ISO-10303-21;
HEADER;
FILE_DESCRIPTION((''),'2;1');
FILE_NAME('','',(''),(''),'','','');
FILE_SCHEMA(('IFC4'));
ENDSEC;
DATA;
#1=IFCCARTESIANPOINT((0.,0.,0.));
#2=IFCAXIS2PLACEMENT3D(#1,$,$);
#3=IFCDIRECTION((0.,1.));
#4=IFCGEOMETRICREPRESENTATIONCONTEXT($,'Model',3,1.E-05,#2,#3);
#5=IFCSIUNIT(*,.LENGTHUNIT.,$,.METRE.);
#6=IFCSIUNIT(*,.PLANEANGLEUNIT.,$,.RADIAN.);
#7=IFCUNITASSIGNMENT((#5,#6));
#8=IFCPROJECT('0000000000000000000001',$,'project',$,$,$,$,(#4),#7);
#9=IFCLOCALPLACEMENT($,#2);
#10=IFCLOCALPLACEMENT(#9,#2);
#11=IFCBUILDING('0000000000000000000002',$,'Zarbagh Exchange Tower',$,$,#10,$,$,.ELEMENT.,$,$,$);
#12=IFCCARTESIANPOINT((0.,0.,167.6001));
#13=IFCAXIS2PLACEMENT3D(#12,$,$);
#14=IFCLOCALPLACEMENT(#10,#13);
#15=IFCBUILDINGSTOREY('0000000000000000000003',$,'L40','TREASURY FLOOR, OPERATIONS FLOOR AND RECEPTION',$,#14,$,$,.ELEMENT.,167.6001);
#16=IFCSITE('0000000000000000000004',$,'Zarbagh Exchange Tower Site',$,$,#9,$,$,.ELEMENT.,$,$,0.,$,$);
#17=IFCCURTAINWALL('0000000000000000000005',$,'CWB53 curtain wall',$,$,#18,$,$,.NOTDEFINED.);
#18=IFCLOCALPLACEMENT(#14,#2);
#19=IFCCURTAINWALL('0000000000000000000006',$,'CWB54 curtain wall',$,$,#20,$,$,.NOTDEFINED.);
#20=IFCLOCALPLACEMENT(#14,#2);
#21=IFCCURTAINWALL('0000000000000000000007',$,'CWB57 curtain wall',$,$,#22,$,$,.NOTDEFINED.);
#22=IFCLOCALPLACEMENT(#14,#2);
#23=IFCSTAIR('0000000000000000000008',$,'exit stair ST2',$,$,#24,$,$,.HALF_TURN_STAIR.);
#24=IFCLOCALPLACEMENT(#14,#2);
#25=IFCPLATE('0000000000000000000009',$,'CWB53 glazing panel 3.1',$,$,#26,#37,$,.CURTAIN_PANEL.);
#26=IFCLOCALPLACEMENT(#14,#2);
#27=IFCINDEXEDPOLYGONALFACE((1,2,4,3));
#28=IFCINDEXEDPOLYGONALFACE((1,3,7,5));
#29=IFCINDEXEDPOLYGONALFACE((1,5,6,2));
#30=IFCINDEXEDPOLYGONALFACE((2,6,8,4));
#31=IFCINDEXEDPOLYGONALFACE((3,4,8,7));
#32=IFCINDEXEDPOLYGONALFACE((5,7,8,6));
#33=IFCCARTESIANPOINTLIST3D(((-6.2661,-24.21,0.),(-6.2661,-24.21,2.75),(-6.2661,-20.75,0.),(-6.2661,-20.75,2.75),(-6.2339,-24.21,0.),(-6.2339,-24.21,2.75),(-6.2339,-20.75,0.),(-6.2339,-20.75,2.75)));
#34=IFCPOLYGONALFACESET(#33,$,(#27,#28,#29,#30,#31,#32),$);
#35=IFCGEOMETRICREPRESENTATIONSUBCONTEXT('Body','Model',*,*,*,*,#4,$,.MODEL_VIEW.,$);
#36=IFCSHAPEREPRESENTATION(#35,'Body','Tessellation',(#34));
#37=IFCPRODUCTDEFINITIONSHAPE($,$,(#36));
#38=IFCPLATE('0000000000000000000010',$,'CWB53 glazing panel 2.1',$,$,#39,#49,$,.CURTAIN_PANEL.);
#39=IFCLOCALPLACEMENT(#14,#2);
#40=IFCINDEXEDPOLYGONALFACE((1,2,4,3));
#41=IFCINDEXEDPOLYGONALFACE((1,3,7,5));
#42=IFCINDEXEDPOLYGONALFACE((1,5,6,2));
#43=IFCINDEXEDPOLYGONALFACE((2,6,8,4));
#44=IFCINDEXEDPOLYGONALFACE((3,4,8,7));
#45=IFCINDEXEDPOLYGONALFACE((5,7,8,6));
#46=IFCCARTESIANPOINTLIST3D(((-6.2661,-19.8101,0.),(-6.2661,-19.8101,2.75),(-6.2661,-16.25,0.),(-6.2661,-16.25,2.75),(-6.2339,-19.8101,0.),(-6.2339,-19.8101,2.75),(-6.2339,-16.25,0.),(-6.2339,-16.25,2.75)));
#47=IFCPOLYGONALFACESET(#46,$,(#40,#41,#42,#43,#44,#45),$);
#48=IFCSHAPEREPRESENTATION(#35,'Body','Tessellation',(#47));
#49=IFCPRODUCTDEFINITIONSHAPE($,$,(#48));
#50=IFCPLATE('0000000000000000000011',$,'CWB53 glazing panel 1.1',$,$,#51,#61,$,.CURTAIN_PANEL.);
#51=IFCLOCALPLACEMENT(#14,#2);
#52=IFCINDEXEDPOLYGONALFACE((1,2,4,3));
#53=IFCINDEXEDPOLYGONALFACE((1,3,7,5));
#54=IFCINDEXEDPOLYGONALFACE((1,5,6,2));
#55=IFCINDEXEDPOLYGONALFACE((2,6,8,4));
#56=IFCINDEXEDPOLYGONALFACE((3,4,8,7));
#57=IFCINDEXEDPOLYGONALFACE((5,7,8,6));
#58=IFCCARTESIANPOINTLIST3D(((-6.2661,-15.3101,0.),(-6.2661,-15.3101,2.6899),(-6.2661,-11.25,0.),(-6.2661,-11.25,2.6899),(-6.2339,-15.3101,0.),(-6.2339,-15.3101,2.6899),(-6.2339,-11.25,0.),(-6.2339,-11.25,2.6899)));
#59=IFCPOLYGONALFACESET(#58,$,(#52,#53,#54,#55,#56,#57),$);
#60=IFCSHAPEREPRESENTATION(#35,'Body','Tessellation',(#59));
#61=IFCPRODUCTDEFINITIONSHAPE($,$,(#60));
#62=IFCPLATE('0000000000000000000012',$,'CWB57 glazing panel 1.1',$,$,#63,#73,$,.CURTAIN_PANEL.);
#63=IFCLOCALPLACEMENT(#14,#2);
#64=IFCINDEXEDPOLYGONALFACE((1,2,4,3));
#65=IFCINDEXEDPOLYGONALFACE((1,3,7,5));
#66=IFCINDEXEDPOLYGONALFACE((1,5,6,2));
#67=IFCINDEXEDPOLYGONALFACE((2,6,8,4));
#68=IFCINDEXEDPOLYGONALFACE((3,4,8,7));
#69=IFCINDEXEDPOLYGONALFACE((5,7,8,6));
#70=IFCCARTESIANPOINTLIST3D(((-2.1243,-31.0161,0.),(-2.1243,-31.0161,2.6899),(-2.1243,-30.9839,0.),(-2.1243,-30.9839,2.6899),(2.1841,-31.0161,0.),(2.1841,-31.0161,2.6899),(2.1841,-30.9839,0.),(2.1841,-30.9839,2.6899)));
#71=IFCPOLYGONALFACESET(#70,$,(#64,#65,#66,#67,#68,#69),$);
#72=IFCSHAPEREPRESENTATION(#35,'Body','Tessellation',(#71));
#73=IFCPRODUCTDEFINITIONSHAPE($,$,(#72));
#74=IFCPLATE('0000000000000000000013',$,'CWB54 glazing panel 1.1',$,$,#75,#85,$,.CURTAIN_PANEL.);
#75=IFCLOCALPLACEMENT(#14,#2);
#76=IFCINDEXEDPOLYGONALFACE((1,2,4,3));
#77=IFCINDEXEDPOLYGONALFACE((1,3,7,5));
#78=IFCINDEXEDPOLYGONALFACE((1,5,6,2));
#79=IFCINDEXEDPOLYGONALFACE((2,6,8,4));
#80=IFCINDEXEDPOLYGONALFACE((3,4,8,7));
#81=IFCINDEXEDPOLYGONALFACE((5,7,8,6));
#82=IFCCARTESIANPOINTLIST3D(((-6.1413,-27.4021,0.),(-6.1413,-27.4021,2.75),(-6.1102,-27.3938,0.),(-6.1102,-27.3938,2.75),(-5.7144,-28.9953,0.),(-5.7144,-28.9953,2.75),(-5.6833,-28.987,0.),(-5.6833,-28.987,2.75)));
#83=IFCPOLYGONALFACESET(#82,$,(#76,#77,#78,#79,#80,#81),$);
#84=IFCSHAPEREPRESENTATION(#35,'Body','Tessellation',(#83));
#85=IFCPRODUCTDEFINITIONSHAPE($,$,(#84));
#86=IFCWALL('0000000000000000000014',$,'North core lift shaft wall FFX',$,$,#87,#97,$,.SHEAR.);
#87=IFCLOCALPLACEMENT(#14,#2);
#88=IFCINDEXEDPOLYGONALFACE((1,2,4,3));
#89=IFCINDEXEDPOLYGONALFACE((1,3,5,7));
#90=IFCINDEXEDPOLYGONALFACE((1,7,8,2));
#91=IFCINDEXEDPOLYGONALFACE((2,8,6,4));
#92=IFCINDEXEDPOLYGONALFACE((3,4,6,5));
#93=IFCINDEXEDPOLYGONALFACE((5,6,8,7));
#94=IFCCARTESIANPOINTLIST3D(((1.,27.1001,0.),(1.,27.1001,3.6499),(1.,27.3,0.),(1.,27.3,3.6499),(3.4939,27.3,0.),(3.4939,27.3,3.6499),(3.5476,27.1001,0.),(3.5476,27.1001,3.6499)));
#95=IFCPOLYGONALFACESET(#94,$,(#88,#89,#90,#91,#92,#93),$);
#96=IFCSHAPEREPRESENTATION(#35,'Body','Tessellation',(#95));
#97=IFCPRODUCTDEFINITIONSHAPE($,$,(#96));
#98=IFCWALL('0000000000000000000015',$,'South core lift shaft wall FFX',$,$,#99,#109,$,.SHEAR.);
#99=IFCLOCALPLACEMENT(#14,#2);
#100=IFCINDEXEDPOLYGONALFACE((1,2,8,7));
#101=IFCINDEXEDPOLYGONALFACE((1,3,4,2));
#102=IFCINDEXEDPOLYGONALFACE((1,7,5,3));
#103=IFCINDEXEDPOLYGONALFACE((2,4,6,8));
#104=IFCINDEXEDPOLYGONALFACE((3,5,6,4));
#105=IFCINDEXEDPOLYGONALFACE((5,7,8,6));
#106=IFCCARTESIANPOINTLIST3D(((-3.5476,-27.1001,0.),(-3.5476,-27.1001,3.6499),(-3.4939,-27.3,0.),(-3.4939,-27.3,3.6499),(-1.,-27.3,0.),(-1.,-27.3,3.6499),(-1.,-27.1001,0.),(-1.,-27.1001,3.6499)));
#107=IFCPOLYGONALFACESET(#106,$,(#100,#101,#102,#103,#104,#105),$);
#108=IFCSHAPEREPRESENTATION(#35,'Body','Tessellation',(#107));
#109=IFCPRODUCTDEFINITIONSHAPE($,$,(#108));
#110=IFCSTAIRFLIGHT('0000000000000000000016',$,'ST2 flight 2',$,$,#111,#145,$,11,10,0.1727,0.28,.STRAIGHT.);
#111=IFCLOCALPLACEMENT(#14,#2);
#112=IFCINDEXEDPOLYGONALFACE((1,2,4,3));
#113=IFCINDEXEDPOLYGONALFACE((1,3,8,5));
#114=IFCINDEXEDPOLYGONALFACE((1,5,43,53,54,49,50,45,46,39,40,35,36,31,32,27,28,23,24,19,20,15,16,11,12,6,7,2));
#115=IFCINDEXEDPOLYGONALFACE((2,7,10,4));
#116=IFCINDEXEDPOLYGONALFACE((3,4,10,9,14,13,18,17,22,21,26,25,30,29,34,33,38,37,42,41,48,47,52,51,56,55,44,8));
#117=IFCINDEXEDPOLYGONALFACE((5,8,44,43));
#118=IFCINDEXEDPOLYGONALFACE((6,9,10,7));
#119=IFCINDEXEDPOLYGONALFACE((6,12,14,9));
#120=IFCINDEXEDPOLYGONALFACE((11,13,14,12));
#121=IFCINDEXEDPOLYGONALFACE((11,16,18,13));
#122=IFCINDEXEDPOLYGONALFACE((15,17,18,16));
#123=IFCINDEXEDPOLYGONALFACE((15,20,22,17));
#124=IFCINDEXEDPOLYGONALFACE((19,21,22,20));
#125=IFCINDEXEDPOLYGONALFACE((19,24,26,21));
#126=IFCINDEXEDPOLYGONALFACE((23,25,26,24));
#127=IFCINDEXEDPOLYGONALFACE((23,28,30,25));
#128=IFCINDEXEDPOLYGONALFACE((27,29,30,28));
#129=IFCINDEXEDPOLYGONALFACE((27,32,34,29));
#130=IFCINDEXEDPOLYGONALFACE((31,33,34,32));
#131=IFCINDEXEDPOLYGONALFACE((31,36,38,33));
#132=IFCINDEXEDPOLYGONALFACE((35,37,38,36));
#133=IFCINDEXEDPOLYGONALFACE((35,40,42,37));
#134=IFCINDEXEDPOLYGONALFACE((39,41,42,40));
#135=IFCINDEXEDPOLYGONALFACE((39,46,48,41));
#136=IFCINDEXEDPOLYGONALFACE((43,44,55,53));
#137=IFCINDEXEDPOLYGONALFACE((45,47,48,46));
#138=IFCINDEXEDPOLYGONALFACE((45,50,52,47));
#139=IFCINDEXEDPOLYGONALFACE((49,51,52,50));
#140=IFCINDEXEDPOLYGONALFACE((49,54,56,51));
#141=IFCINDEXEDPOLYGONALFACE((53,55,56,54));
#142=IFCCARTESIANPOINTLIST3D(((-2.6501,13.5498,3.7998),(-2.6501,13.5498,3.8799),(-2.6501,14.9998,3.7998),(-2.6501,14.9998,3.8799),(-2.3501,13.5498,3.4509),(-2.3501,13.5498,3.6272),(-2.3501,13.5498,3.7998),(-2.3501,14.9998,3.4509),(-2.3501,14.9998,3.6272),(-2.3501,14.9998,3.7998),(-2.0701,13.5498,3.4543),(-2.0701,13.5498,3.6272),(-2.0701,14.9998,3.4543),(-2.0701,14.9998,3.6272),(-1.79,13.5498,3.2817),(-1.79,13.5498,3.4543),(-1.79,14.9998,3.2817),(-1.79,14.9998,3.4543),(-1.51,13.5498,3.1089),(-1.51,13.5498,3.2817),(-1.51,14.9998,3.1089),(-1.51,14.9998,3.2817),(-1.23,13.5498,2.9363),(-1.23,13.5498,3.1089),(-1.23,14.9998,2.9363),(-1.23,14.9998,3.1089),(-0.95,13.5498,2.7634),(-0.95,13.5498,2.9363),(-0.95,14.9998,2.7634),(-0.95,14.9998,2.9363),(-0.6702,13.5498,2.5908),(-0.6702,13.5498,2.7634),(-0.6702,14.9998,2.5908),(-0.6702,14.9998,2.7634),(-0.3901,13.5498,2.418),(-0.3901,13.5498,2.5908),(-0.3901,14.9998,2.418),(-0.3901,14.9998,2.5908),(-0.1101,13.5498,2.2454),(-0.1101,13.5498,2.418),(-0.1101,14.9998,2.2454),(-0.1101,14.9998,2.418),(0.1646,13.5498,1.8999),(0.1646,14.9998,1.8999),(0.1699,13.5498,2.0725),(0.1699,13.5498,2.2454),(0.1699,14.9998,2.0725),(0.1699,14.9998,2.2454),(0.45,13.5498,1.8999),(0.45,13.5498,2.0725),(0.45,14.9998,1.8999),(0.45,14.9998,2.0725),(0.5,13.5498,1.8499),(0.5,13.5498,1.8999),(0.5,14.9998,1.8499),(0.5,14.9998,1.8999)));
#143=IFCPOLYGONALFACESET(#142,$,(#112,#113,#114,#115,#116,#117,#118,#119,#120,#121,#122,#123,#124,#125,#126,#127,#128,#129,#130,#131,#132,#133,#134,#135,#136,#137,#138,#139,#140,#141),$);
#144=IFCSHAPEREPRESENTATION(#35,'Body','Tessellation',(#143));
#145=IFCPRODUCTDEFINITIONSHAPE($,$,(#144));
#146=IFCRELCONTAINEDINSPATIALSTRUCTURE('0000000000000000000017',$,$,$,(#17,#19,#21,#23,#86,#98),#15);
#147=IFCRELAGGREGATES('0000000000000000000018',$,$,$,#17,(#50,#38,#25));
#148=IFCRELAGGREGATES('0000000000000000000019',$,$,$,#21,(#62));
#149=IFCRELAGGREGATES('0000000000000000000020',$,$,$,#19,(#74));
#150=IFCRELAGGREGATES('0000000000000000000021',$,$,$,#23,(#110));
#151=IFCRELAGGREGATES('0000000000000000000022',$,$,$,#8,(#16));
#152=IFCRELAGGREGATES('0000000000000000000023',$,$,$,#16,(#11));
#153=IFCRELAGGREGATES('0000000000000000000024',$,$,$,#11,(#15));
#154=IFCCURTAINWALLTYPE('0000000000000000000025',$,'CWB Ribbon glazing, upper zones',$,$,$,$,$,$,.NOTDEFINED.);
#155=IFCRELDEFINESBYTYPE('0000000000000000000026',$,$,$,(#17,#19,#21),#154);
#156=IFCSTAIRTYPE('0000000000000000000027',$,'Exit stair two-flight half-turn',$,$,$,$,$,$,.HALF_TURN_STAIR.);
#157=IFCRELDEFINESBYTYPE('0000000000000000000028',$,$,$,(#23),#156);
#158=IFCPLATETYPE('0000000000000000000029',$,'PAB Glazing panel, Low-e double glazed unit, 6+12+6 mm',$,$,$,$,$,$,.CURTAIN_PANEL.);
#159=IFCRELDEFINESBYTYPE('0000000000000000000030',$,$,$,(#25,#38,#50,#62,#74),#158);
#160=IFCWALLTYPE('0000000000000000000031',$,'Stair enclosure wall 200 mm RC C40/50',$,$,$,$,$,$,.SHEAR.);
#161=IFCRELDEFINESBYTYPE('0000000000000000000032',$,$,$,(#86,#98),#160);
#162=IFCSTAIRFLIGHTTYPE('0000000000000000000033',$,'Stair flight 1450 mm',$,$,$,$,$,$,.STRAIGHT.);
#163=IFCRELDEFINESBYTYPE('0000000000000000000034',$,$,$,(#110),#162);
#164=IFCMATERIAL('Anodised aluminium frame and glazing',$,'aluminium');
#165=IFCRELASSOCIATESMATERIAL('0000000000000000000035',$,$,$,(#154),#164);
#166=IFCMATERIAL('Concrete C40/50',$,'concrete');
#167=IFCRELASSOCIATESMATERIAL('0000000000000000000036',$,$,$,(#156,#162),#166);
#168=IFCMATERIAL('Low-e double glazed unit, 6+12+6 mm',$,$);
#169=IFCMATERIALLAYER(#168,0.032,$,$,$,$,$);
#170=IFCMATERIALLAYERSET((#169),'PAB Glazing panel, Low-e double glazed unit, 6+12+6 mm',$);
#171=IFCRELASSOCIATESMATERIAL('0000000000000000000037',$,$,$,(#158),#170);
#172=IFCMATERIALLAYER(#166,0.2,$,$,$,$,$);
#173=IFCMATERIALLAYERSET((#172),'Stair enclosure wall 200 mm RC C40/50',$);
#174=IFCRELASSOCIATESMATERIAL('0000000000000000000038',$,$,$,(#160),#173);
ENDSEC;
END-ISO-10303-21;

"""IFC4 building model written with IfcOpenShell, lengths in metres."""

from ifc_helpers import new_model, si_unit, direction, frame, origin, place, context, subcontext, project, spatial, polyline, outline, extrude, source, transform, mapped, material, layer, layer_set, type_object, element, aggregate, save


model = new_model("IFC4")

# Units and contexts
model_context = context("Model", 3, precision=1e-05, world=origin(), true_north=direction((0.0, 1.0)))
body_context = subcontext(model_context, "Body", "Model", "MODEL_VIEW")
ifc_project = project(units=[si_unit("LENGTHUNIT", "METRE"), si_unit("PLANEANGLEUNIT", "RADIAN")], contexts=[model_context])

# Site, building, storey
site_placement = place(None, origin())
site = spatial("IfcSite", under=ifc_project, at=site_placement, Name="Zarbagh Exchange Tower Site", CompositionType="ELEMENT", RefElevation=0.0)
building_placement = place(site_placement, origin())
building = spatial("IfcBuilding", under=site, at=building_placement, Name="Zarbagh Exchange Tower", CompositionType="ELEMENT")
storey_placement = place(building_placement, frame((0.0, 0.0, 167.6001)))
storey = spatial("IfcBuildingStorey", under=building, at=storey_placement, Name="L40", Description="TREASURY FLOOR, OPERATIONS FLOOR AND RECEPTION", CompositionType="ELEMENT", Elevation=167.6001)

# Curtain wall
ifc_material_1 = material(Name="Anodised aluminium frame and glazing", Category="aluminium")
curtain_wall_type = type_object("IfcCurtainWallType", Name="CWB Ribbon glazing, upper zones", PredefinedType="NOTDEFINED", material=ifc_material_1)
curtain_wall_1_placement = place(storey_placement, origin())
curtain_wall_1 = element("IfcCurtainWall", 1, at=curtain_wall_1_placement, inside=storey, type_object=curtain_wall_type, Name="CWB53 curtain wall", PredefinedType="NOTDEFINED")
placement = place(storey_placement, origin())

# Curtain wall
curtain_wall_2_placement = place(storey_placement, origin())
curtain_wall_2 = element("IfcCurtainWall", 2, at=curtain_wall_2_placement, inside=storey, type_object=curtain_wall_type, Name="CWB54 curtain wall", PredefinedType="NOTDEFINED")

# Curtain wall
curtain_wall_3_placement = place(storey_placement, origin())
curtain_wall_3 = element("IfcCurtainWall", 3, at=curtain_wall_3_placement, inside=storey, type_object=curtain_wall_type, Name="CWB57 curtain wall", PredefinedType="NOTDEFINED")

# Stair
ifc_material_2 = material(Name="Concrete C40/50", Category="concrete")
stair_type = type_object("IfcStairType", Name="Exit stair two-flight half-turn", PredefinedType="HALF_TURN_STAIR", material=ifc_material_2)
stair_1_placement = place(storey_placement, origin())
stair_1 = element("IfcStair", 4, at=stair_1_placement, inside=storey, type_object=stair_type, Name="exit stair ST2", PredefinedType="HALF_TURN_STAIR")

# Shared definitions
ifc_material_3 = material(Name="Low-e double glazed unit, 6+12+6 mm")
ifc_layer_1 = layer(ifc_material_3, 0.032)
ifc_layer_set_1 = layer_set([ifc_layer_1], Name="PAB Glazing panel, Low-e double glazed unit, 6+12+6 mm")
plate_type = type_object("IfcPlateType", Name="PAB Glazing panel, Low-e double glazed unit, 6+12+6 mm", PredefinedType="CURTAIN_PANEL", material=ifc_layer_set_1)

# Plates
shared_shape_1 = source(origin(), body_context, "Body", "SweptSolid", [
    extrude(outline(polyline([(0.0, -0.0161), (3.46, -0.0161), (3.46, 0.0161), (0.0, 0.0161), (0.0, -0.0161)])), origin(), (0.0, 0.0, 1.0), 2.75),
])
plate_1 = element("IfcPlate", 5, at=placement, type_object=plate_type, Name="CWB53 glazing panel 3.1", PredefinedType="CURTAIN_PANEL", context=body_context, shape_type="MappedRepresentation", body=[
    mapped(shared_shape_1, transform((-6.25, -20.75, 0.0), x_axis=(0.0, -1.0, 0.0), y_axis=(1.0, 0.0, 0.0), z_axis=(0.0, 0.0, 1.0))),
])
shared_shape_2 = source(origin(), body_context, "Body", "SweptSolid", [
    extrude(outline(polyline([(0.0, -0.0161), (3.5601, -0.0161), (3.5601, 0.0161), (0.0, 0.0161), (0.0, -0.0161)])), origin(), (0.0, 0.0, 1.0), 2.75),
])
plate_2 = element("IfcPlate", 6, at=placement, type_object=plate_type, Name="CWB53 glazing panel 2.1", PredefinedType="CURTAIN_PANEL", context=body_context, shape_type="MappedRepresentation", body=[
    mapped(shared_shape_2, transform((-6.25, -16.25, 0.0), x_axis=(0.0, -1.0, 0.0), y_axis=(1.0, 0.0, 0.0), z_axis=(0.0, 0.0, 1.0))),
])
shared_shape_3 = source(origin(), body_context, "Body", "SweptSolid", [
    extrude(outline(polyline([(0.0, -0.0161), (4.0601, -0.0161), (4.0601, 0.0161), (0.0, 0.0161), (0.0, -0.0161)])), origin(), (0.0, 0.0, 1.0), 2.6899),
])
plate_3 = element("IfcPlate", 7, at=placement, type_object=plate_type, Name="CWB53 glazing panel 1.1", PredefinedType="CURTAIN_PANEL", context=body_context, shape_type="MappedRepresentation", body=[
    mapped(shared_shape_3, transform((-6.25, -11.25, 0.0), x_axis=(0.0, -1.0, 0.0), y_axis=(1.0, 0.0, 0.0), z_axis=(0.0, 0.0, 1.0))),
])
aggregate(curtain_wall_1, [plate_3, plate_2, plate_1])
shared_shape_4 = source(origin(), body_context, "Body", "SweptSolid", [
    extrude(outline(polyline([(0.0, -0.0161), (4.3083, -0.0161), (4.3083, 0.0161), (0.0, 0.0161), (0.0, -0.0161)])), origin(), (0.0, 0.0, 1.0), 2.6899),
])
plate_4 = element("IfcPlate", 8, at=placement, type_object=plate_type, Name="CWB57 glazing panel 1.1", PredefinedType="CURTAIN_PANEL", context=body_context, shape_type="MappedRepresentation", body=[
    mapped(shared_shape_4, transform((-2.1243, -31.0, 0.0), x_axis=(1.0, 0.0, 0.0), y_axis=(0.0, 1.0, 0.0), z_axis=(0.0, 0.0, 1.0))),
])
aggregate(curtain_wall_3, [plate_4])
shared_shape_5 = source(origin(), body_context, "Body", "SweptSolid", [
    extrude(outline(polyline([(0.0, -0.0161), (1.6494, -0.0161), (1.6494, 0.0161), (0.0, 0.0161), (0.0, -0.0161)])), origin(), (0.0, 0.0, 1.0), 2.75),
])
plate_5 = element("IfcPlate", 9, at=placement, type_object=plate_type, Name="CWB54 glazing panel 1.1", PredefinedType="CURTAIN_PANEL", context=body_context, shape_type="MappedRepresentation", body=[
    mapped(shared_shape_5, transform((-6.1257, -27.3979, 0.0), x_axis=(0.258825, -0.965924, 0.0), y_axis=(0.965924, 0.258825, 0.0), z_axis=(0.0, 0.0, 1.0))),
])
aggregate(curtain_wall_2, [plate_5])

# Walls
ifc_layer_2 = layer(ifc_material_2, 0.2)
ifc_layer_set_2 = layer_set([ifc_layer_2], Name="Stair enclosure wall 200 mm RC C40/50")
wall_type = type_object("IfcWallType", Name="Stair enclosure wall 200 mm RC C40/50", PredefinedType="SHEAR", material=ifc_layer_set_2)
wall_1_placement = place(storey_placement, origin())
element("IfcWall", 10, at=wall_1_placement, inside=storey, type_object=wall_type, Name="North core lift shaft wall FFX", PredefinedType="SHEAR", context=body_context, shape_type="SweptSolid", body=[
    extrude(outline(polyline([(1.0, 27.1001), (3.5476, 27.1001), (3.4939, 27.3), (1.0, 27.3), (1.0, 27.1001)])), origin(), (0.0, 0.0, 1.0), 3.6499),
])
wall_2_placement = place(storey_placement, origin())
element("IfcWall", 11, at=wall_2_placement, inside=storey, type_object=wall_type, Name="South core lift shaft wall FFX", PredefinedType="SHEAR", context=body_context, shape_type="SweptSolid", body=[
    extrude(outline(polyline([(-1.0, -27.1001), (-3.5476, -27.1001), (-3.4939, -27.3), (-1.0, -27.3), (-1.0, -27.1001)])), origin(), (0.0, 0.0, 1.0), 3.6499),
])

# Stair flight
stair_flight_type = type_object("IfcStairFlightType", Name="Stair flight 1450 mm", PredefinedType="STRAIGHT", material=ifc_material_2)
stair_flight_placement = place(storey_placement, frame((0.45, 14.2749, 1.8999), z_axis=(0.0, 0.0, 1.0), x_axis=(-1.0, 0.0, 0.0)))
stair_flight = element("IfcStairFlight", 12, at=stair_flight_placement, type_object=stair_flight_type, Name="ST2 flight 2", NumberOfRisers=11, NumberOfTreads=10, PredefinedType="STRAIGHT", RiserHeight=0.1727, TreadLength=0.28, context=body_context, shape_type="SweptSolid", body=[
    extrude(outline(polyline([(-0.05, -0.05), (-0.05, 0.0), (0.0, 0.0), (0.0, 0.1726), (0.28, 0.1726), (0.28, 0.3455), (0.5601, 0.3455), (0.5601, 0.5181), (0.8401, 0.5181), (0.8401, 0.6909), (1.1201, 0.6909), (1.1201, 0.8635), (1.3999, 0.8635), (1.3999, 1.0364), (1.6799, 1.0364), (1.6799, 1.209), (1.96, 1.209), (1.96, 1.3818), (2.24, 1.3818), (2.24, 1.5544), (2.52, 1.5544), (2.52, 1.7273), (2.8, 1.7273), (2.8, 1.8999), (3.1001, 1.98), (3.1001, 1.8999), (2.8, 1.551), (0.2854, 0.0), (-0.05, -0.05)])), frame((0.0, 0.7251, 0.0), z_axis=(0.0, -1.0, 0.0), x_axis=(1.0, 0.0, 0.0)), (0.0, 0.0, 1.0), 1.45),
])
aggregate(stair_1, [stair_flight])

save(model, "model.ifc")
